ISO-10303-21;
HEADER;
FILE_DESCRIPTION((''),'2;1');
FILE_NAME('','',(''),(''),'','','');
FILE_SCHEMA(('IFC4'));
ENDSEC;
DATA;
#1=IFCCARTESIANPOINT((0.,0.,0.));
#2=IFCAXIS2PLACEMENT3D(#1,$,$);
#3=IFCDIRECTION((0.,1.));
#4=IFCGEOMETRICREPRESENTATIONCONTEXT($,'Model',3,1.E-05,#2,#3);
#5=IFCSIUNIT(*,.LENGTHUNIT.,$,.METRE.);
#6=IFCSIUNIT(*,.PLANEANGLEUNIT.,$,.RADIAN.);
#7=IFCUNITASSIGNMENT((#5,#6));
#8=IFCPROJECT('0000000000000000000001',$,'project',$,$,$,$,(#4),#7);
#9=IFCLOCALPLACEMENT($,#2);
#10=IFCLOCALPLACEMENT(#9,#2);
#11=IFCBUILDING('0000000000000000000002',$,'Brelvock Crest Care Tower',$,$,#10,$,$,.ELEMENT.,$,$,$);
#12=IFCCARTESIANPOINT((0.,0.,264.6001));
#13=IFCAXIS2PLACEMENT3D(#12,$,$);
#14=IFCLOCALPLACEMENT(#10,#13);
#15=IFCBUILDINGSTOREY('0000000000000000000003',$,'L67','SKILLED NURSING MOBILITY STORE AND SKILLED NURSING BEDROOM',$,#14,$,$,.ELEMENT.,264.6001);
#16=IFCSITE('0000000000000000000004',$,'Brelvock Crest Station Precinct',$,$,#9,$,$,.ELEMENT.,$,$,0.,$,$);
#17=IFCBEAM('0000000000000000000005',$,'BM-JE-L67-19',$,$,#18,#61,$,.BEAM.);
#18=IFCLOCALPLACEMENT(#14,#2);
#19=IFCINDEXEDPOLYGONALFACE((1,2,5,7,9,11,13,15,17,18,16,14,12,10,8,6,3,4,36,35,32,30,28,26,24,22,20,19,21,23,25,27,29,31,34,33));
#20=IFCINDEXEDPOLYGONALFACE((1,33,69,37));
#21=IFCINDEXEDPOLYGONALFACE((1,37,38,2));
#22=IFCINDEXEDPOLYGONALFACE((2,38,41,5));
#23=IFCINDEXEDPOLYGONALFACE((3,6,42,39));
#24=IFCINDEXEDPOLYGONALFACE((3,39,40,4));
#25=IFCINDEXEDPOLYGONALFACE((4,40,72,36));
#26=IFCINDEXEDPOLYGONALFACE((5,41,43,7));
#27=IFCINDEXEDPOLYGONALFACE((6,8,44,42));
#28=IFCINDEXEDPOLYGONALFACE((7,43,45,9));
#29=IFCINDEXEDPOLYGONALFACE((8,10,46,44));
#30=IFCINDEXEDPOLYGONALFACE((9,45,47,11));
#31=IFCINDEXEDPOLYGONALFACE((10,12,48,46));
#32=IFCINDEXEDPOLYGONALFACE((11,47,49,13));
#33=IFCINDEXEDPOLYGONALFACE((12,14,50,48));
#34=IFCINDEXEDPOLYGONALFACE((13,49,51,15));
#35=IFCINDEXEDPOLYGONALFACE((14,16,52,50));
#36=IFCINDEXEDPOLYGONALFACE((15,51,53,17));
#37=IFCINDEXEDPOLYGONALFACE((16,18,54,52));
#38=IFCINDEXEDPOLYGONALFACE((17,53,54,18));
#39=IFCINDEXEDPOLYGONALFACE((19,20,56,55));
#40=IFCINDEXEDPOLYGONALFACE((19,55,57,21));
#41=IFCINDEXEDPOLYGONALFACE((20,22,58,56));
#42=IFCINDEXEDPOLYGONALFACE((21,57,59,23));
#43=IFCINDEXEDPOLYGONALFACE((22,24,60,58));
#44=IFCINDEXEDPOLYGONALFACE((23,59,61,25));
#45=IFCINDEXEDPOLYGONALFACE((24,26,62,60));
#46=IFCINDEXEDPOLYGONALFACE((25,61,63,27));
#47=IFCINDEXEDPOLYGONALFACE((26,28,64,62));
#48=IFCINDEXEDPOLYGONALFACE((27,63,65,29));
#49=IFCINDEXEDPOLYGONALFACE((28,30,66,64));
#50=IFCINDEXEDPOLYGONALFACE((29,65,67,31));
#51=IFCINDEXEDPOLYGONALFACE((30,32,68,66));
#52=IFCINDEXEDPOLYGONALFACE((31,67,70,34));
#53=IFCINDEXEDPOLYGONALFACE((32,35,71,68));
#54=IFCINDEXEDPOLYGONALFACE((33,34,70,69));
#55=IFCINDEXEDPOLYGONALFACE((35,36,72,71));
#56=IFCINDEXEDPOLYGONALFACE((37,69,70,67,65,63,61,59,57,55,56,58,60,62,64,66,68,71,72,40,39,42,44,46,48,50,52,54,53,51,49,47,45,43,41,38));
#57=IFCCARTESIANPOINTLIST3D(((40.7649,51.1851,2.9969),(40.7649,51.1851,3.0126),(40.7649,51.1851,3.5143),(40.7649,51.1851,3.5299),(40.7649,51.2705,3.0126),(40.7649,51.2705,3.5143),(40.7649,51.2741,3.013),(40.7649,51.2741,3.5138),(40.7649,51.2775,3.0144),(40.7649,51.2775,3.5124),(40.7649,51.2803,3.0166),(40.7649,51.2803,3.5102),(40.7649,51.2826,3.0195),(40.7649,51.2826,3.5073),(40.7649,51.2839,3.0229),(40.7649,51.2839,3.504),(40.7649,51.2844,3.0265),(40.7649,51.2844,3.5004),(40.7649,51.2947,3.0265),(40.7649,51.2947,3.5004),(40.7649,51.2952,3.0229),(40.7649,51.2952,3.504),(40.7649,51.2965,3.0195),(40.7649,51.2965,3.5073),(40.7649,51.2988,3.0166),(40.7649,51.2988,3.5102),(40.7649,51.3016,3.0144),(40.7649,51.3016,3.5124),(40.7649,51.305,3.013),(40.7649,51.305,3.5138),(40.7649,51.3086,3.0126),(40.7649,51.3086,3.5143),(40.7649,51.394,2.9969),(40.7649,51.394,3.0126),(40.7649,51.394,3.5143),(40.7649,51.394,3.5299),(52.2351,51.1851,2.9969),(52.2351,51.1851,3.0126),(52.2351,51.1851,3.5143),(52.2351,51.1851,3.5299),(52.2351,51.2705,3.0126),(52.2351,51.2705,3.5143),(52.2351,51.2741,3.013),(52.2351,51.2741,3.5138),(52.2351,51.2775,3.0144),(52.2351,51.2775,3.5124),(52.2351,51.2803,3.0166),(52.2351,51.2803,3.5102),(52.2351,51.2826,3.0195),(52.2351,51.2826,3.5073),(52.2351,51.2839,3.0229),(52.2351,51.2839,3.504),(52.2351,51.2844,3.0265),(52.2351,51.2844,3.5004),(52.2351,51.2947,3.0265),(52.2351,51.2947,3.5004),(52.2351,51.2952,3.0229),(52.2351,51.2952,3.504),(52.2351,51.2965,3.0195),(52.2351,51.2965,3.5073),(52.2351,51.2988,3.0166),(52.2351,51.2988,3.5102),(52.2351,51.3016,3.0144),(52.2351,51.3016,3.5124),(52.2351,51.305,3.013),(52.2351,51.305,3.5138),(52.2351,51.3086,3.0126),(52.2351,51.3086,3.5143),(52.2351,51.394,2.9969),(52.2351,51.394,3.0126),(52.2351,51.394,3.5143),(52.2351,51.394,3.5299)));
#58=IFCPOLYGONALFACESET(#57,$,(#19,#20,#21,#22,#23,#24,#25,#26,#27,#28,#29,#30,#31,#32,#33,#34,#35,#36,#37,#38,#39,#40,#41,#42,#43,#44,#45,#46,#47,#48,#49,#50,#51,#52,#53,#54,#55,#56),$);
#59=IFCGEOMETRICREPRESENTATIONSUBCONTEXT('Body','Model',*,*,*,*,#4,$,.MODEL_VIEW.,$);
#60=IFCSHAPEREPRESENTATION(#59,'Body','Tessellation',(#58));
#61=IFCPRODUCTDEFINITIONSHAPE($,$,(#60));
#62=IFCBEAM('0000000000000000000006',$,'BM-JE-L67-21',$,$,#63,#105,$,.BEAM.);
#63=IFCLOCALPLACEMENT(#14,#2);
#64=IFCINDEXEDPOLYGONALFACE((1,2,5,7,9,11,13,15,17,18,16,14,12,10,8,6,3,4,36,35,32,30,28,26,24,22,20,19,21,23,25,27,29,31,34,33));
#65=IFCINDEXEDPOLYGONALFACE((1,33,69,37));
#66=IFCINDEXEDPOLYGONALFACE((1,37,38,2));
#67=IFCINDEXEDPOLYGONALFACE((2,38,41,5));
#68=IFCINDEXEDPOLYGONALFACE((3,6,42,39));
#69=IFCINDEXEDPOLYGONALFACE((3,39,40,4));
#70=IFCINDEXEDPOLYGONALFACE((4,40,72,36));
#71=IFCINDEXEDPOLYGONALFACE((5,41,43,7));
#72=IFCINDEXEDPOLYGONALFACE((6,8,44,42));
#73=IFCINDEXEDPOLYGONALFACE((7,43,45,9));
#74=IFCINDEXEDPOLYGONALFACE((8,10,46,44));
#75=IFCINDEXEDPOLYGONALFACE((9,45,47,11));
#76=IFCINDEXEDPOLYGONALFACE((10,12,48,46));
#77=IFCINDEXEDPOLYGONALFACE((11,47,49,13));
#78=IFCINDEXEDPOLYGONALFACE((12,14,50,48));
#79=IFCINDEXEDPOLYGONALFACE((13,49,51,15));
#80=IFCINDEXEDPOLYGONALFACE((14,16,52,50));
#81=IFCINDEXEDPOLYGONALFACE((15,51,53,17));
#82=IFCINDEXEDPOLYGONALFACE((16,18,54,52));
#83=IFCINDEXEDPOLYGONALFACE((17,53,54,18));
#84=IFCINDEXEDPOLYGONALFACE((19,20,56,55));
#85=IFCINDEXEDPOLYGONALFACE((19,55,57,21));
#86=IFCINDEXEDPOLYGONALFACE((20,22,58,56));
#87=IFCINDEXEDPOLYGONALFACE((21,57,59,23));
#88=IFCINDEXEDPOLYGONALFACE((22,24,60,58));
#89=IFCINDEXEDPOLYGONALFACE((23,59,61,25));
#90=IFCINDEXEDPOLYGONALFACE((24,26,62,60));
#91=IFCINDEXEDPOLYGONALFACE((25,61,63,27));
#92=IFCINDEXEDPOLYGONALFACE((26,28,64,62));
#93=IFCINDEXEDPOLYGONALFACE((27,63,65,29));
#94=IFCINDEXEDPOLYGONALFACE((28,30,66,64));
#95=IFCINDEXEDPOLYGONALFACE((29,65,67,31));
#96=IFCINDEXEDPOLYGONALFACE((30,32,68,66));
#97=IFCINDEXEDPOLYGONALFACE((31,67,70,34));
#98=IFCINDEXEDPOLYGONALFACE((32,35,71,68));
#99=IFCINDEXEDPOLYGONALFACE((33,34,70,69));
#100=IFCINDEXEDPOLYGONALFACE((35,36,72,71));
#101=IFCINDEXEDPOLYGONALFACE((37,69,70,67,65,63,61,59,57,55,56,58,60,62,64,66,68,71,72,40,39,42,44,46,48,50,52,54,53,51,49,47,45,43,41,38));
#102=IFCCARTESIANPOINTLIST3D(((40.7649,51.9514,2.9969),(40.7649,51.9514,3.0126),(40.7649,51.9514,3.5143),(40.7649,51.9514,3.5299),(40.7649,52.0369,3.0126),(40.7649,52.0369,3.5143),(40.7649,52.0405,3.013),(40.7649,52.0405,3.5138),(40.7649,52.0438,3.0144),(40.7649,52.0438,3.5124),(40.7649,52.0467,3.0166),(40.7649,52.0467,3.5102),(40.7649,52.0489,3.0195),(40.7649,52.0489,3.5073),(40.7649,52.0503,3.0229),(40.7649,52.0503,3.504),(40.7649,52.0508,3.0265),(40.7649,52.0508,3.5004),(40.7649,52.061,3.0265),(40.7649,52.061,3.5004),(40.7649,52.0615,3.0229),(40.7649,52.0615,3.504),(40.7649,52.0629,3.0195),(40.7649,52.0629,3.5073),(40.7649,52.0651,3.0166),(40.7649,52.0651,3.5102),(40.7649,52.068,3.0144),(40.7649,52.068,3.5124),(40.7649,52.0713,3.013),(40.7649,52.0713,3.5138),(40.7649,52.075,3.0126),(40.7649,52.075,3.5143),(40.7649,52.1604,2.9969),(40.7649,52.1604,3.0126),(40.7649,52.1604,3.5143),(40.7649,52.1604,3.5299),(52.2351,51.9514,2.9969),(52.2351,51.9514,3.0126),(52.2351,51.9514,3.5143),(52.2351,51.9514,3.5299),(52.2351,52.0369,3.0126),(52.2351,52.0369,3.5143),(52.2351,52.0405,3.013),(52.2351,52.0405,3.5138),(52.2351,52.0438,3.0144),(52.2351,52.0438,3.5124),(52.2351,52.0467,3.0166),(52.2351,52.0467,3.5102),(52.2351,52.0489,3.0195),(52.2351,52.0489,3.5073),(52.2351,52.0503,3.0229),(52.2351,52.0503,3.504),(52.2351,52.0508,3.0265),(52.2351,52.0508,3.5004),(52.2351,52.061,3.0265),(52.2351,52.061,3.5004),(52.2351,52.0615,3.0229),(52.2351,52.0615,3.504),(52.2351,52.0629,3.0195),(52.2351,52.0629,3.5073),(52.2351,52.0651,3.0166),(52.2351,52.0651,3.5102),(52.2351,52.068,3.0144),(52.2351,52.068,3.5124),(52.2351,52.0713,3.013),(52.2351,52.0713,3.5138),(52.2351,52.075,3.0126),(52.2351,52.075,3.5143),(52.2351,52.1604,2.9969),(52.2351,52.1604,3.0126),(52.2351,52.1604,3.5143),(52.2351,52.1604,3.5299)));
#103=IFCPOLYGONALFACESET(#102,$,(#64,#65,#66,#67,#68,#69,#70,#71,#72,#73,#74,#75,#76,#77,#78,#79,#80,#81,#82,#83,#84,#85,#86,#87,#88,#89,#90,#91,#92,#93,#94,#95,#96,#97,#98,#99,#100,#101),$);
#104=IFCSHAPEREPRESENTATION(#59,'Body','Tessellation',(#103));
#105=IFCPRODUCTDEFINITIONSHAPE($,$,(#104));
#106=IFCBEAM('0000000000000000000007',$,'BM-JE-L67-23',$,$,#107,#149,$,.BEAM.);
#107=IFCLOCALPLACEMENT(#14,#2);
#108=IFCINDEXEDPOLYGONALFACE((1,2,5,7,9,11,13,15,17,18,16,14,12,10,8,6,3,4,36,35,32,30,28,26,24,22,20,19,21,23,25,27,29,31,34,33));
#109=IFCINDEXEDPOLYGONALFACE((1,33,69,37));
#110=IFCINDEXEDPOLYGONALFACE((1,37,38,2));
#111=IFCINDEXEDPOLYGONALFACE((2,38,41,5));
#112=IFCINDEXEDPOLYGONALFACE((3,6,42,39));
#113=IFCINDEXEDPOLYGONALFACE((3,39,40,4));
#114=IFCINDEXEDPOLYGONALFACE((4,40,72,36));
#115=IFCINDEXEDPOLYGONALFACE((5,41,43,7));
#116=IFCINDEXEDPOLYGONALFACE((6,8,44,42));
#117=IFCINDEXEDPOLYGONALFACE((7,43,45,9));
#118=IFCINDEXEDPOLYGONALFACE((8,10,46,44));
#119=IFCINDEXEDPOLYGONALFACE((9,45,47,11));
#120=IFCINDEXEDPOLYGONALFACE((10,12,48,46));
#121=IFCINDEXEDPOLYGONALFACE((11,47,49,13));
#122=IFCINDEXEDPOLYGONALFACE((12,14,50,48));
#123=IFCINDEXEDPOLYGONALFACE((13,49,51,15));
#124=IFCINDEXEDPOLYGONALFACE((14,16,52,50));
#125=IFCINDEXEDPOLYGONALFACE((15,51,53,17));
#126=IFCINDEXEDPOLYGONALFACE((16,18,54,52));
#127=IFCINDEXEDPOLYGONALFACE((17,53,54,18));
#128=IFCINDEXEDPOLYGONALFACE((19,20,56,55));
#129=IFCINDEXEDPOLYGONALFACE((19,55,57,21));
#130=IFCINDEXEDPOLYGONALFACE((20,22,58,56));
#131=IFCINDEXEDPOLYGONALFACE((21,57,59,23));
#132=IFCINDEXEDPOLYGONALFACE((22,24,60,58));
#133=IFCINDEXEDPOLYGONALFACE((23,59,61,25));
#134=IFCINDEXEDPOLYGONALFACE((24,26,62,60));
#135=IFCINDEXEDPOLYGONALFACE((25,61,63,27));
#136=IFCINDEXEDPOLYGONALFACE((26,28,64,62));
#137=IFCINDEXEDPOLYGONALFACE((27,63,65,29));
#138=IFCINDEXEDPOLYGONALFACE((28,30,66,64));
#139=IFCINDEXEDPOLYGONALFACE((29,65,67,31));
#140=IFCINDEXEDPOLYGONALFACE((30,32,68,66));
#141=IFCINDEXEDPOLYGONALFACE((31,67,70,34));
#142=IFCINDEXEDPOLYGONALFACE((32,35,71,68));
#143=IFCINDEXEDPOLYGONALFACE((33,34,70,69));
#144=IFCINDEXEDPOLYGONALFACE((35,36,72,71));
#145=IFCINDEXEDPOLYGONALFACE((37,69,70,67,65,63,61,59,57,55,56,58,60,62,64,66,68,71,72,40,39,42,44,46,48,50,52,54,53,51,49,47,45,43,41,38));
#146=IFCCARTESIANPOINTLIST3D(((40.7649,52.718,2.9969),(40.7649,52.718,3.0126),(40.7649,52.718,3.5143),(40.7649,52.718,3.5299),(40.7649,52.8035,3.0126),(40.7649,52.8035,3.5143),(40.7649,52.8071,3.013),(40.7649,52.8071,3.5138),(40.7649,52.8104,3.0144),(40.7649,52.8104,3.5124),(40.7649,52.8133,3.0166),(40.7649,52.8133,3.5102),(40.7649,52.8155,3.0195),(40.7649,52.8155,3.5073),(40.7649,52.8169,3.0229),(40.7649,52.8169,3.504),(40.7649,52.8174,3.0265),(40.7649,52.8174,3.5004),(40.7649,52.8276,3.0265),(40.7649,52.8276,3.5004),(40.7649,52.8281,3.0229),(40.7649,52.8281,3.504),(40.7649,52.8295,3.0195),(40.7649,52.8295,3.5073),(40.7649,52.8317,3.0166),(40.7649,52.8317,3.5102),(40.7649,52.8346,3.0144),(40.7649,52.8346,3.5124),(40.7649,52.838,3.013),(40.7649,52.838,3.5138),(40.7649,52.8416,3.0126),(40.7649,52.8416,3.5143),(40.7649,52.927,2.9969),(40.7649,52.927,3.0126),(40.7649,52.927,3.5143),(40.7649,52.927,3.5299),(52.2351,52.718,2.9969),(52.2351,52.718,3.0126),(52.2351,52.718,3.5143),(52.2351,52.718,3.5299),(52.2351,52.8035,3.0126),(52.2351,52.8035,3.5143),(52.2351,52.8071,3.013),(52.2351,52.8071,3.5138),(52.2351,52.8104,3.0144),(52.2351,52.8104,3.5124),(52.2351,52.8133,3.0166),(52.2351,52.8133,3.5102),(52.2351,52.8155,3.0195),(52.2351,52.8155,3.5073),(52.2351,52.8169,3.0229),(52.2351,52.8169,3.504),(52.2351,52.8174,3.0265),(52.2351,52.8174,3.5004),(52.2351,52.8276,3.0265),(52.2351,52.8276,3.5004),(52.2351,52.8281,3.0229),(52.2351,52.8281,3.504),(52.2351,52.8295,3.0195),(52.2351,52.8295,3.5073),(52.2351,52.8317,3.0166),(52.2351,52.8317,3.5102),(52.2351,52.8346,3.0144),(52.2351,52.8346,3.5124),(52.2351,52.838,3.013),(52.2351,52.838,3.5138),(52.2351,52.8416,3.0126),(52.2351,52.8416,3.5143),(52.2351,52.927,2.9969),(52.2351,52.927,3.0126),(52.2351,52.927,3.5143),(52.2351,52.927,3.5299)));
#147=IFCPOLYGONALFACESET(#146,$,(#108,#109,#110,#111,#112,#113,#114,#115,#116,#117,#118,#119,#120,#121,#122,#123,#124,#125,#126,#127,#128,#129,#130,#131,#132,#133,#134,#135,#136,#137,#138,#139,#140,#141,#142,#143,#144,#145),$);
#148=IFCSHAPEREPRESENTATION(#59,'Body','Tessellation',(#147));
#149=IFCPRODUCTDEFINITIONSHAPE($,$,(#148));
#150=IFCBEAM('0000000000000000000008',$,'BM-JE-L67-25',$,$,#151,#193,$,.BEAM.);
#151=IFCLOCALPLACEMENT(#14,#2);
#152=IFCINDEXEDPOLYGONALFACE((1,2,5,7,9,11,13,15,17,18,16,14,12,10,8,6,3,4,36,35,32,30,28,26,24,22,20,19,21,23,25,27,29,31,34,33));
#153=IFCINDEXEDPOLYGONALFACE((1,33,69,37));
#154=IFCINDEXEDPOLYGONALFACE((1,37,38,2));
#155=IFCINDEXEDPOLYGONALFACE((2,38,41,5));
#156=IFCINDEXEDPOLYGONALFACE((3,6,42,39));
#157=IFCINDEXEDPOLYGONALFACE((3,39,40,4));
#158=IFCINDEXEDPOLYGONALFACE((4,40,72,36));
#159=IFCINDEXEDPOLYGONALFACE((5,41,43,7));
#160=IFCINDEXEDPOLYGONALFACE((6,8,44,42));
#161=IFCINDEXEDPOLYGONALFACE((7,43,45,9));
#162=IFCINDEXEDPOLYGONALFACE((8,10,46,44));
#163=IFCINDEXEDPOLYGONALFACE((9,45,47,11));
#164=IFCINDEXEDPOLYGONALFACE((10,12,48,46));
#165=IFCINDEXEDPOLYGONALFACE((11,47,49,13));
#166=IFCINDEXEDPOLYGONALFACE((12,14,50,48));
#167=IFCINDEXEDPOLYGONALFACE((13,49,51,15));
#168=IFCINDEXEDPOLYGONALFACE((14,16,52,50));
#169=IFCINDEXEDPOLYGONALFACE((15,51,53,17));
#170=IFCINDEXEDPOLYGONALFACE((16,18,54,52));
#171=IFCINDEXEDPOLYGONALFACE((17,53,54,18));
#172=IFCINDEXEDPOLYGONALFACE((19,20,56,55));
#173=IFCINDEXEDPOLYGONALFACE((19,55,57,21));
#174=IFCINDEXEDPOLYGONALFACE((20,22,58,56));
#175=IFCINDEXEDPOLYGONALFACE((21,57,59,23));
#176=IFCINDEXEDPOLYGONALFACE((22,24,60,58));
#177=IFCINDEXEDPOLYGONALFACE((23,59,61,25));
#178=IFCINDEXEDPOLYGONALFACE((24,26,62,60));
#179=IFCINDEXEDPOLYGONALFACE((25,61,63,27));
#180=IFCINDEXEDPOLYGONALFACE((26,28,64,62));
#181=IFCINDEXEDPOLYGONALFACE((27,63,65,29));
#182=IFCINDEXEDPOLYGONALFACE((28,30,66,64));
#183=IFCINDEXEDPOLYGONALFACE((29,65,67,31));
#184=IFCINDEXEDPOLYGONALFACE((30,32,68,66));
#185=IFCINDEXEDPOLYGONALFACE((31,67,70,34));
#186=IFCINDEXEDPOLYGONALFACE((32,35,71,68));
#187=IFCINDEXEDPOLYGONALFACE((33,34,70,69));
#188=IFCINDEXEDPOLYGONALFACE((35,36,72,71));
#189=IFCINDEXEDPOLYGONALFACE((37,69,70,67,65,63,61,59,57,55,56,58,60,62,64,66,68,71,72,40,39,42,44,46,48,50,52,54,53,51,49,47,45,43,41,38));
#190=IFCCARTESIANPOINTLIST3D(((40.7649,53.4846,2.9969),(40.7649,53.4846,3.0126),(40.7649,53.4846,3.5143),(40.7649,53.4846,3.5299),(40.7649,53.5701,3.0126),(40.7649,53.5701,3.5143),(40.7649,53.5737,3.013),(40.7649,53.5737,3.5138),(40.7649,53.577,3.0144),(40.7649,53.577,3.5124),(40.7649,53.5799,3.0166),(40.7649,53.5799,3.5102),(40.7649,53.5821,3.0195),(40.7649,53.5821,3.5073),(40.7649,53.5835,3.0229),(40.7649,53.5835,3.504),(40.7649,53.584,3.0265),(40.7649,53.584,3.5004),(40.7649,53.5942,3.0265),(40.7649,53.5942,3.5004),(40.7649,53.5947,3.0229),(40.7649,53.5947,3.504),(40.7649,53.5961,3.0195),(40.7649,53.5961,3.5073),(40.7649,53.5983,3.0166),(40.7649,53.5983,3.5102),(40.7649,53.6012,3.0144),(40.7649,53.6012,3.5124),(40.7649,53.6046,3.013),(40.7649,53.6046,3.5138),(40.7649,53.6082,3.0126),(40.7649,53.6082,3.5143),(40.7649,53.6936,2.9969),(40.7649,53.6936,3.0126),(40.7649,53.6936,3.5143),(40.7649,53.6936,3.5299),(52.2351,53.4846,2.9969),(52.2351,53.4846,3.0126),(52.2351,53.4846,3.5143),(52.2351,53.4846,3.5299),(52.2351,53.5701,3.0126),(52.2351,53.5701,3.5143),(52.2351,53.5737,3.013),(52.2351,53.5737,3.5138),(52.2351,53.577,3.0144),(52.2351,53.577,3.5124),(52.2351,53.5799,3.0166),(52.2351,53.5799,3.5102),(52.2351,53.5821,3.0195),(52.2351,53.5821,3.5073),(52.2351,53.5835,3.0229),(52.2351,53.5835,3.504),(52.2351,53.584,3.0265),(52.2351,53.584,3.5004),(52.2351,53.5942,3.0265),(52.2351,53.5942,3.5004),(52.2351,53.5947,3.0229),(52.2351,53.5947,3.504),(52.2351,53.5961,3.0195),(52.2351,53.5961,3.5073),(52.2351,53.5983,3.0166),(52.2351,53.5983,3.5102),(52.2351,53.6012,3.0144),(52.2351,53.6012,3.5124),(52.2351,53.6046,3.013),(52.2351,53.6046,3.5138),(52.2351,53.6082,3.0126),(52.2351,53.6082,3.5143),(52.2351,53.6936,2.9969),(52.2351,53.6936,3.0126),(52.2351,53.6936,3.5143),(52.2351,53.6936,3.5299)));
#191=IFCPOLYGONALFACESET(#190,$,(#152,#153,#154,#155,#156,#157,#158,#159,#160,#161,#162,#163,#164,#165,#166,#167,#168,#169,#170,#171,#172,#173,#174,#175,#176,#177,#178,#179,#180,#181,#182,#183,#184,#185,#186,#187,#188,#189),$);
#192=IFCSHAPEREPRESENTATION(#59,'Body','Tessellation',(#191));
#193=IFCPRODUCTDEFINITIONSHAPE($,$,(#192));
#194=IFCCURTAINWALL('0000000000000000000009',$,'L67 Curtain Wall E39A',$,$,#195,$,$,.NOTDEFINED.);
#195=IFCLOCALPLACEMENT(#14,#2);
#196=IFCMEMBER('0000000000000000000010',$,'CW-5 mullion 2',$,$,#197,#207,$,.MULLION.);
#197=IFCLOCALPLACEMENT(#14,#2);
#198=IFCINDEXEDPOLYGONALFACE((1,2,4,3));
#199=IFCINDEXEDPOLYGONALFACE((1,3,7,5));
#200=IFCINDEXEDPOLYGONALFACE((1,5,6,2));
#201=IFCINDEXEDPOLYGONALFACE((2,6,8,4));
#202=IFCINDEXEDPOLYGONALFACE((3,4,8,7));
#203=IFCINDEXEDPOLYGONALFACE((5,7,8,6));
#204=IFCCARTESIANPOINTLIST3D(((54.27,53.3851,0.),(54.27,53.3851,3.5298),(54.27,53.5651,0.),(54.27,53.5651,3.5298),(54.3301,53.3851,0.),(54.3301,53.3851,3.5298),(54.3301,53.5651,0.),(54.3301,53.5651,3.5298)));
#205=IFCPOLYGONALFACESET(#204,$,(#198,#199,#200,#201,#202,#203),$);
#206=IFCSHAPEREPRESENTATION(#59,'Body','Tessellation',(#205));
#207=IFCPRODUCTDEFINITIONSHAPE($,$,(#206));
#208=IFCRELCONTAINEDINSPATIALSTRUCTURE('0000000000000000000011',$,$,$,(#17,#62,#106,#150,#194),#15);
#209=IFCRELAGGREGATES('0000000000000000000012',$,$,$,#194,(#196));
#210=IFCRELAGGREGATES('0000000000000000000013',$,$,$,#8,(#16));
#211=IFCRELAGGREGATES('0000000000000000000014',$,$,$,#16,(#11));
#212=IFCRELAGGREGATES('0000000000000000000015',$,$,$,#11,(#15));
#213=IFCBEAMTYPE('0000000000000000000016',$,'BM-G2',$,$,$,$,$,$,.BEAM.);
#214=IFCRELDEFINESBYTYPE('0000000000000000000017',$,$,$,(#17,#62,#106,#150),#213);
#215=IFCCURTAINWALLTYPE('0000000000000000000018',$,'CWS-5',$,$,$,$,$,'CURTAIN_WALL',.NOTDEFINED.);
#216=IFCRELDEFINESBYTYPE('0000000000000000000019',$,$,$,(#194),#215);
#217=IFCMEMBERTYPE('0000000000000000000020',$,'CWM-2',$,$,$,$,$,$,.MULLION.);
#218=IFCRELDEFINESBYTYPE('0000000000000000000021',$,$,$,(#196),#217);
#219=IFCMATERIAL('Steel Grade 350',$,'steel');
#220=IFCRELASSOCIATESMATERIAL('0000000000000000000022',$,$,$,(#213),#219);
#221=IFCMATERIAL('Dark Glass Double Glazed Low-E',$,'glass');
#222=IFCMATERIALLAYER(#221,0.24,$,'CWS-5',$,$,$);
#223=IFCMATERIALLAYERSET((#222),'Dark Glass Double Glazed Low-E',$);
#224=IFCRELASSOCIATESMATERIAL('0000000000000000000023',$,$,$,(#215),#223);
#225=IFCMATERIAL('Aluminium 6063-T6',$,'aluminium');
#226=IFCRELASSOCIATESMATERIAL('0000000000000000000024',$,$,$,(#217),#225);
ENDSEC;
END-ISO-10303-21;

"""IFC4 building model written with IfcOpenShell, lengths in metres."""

from ifc_helpers import new_model, si_unit, direction, frame, origin, origin_2d, place, context, subcontext, project, spatial, rectangle, i_section, extrude, source, transform, mapped, material, layer, layer_set, material_profile, profile_set, type_object, element, aggregate, save


model = new_model("IFC4")

# Units and contexts
model_context = context("Model", 3, precision=1e-05, world=origin(), true_north=direction((0.0, 1.0)))
body_context = subcontext(model_context, "Body", "Model", "MODEL_VIEW")
ifc_project = project(units=[si_unit("LENGTHUNIT", "METRE"), si_unit("PLANEANGLEUNIT", "RADIAN")], contexts=[model_context])

# Site, building, storey
site_placement = place(None, origin())
site = spatial("IfcSite", under=ifc_project, at=site_placement, Name="Brelvock Crest Station Precinct", CompositionType="ELEMENT", RefElevation=0.0)
building_placement = place(site_placement, origin())
building = spatial("IfcBuilding", under=site, at=building_placement, Name="Brelvock Crest Care Tower", CompositionType="ELEMENT")
storey_placement = place(building_placement, frame((0.0, 0.0, 264.6001)))
storey = spatial("IfcBuildingStorey", under=building, at=storey_placement, Name="L67", Description="SKILLED NURSING MOBILITY STORE AND SKILLED NURSING BEDROOM", CompositionType="ELEMENT", Elevation=264.6001)

# Shared definitions
ifc_material_1 = material(Name="Steel Grade 350", Category="steel")

# Beams
ifc_material_profile_1 = material_profile(ifc_material_1, i_section(OverallWidth=0.209, OverallDepth=0.533, WebThickness=0.0103, FlangeThickness=0.0156, FilletRadius=0.0139, at=origin_2d()), Name="530UB92.4")
ifc_profile_set_1 = profile_set([ifc_material_profile_1], Name="Steel Grade 350")
beam_type_1 = type_object("IfcBeamType", Name="BM-G2", PredefinedType="BEAM", material=ifc_profile_set_1)
shared_shape_1 = source(origin(), body_context, "Body", "SweptSolid", [
    extrude(i_section(OverallWidth=0.209, OverallDepth=0.533, WebThickness=0.0103, FlangeThickness=0.0156, FilletRadius=0.0139, at=origin_2d()), origin(), (0.0, 0.0, 1.0), 11.4702),
])
for number, where, z_axis, x_axis, name in (
    (1, (40.7649, 51.2896, 3.2634), (1.0, 0.0, 0.0), (0.0, 1.0, 0.0), "BM-JE-L67-19"),
    (2, (40.7649, 52.0559, 3.2634), (1.0, 0.0, 0.0), (0.0, 1.0, 0.0), "BM-JE-L67-21"),
    (3, (40.7649, 52.8225, 3.2634), (1.0, 0.0, 0.0), (0.0, 1.0, 0.0), "BM-JE-L67-23"),
    (4, (40.7649, 53.5891, 3.2634), (1.0, 0.0, 0.0), (0.0, 1.0, 0.0), "BM-JE-L67-25"),
):
    element("IfcBeam", number, at=place(storey_placement, frame(where, z_axis=z_axis, x_axis=x_axis)), inside=storey, type_object=beam_type_1, Name=name, PredefinedType="BEAM", context=body_context, shape_type="MappedRepresentation", body=[
        mapped(shared_shape_1, transform((0.0, 0.0, 0.0), x_axis=(1.0, 0.0, 0.0), y_axis=(0.0, 1.0, 0.0), z_axis=(0.0, 0.0, 1.0), scale=1.0)),
    ])

# Curtain wall, member
ifc_material_2 = material(Name="Dark Glass Double Glazed Low-E", Category="glass")
ifc_layer_1 = layer(ifc_material_2, 0.24, Name="CWS-5")
ifc_layer_set_1 = layer_set([ifc_layer_1], Name="Dark Glass Double Glazed Low-E")
curtain_wall_type = type_object("IfcCurtainWallType", Name="CWS-5", ElementType="CURTAIN_WALL", PredefinedType="NOTDEFINED", material=ifc_layer_set_1)
curtain_wall_1_placement = place(storey_placement, origin())
curtain_wall_1 = element("IfcCurtainWall", 5, at=curtain_wall_1_placement, inside=storey, type_object=curtain_wall_type, Name="L67 Curtain Wall E39A", PredefinedType="NOTDEFINED")
ifc_material_3 = material(Name="Aluminium 6063-T6", Category="aluminium")
ifc_material_profile_2 = material_profile(ifc_material_3, rectangle(XDim=0.0601, YDim=0.1799, at=origin_2d()), Name="ALU60x180")
ifc_profile_set_2 = profile_set([ifc_material_profile_2], Name="Aluminium 6063-T6")
member_type_1 = type_object("IfcMemberType", Name="CWM-2", PredefinedType="MULLION", material=ifc_profile_set_2)
shared_shape_2 = source(origin(), body_context, "Body", "SweptSolid", [
    extrude(rectangle(XDim=0.0601, YDim=0.1799, at=origin_2d()), origin(), (0.0, 0.0, 1.0), 3.5298),
])
member_1_placement = place(storey_placement, frame((54.3, 53.4751, 0.0), z_axis=(0.0, 0.0, 1.0), x_axis=(1.0, 0.0, 0.0)))
member_1 = element("IfcMember", 6, at=member_1_placement, type_object=member_type_1, Name="CW-5 mullion 2", PredefinedType="MULLION", context=body_context, shape_type="MappedRepresentation", body=[
    mapped(shared_shape_2, transform((0.0, 0.0, 0.0), x_axis=(1.0, 0.0, 0.0), y_axis=(0.0, 1.0, 0.0), z_axis=(0.0, 0.0, 1.0), scale=1.0)),
])

aggregate(curtain_wall_1, [member_1])

save(model, "model.ifc")
